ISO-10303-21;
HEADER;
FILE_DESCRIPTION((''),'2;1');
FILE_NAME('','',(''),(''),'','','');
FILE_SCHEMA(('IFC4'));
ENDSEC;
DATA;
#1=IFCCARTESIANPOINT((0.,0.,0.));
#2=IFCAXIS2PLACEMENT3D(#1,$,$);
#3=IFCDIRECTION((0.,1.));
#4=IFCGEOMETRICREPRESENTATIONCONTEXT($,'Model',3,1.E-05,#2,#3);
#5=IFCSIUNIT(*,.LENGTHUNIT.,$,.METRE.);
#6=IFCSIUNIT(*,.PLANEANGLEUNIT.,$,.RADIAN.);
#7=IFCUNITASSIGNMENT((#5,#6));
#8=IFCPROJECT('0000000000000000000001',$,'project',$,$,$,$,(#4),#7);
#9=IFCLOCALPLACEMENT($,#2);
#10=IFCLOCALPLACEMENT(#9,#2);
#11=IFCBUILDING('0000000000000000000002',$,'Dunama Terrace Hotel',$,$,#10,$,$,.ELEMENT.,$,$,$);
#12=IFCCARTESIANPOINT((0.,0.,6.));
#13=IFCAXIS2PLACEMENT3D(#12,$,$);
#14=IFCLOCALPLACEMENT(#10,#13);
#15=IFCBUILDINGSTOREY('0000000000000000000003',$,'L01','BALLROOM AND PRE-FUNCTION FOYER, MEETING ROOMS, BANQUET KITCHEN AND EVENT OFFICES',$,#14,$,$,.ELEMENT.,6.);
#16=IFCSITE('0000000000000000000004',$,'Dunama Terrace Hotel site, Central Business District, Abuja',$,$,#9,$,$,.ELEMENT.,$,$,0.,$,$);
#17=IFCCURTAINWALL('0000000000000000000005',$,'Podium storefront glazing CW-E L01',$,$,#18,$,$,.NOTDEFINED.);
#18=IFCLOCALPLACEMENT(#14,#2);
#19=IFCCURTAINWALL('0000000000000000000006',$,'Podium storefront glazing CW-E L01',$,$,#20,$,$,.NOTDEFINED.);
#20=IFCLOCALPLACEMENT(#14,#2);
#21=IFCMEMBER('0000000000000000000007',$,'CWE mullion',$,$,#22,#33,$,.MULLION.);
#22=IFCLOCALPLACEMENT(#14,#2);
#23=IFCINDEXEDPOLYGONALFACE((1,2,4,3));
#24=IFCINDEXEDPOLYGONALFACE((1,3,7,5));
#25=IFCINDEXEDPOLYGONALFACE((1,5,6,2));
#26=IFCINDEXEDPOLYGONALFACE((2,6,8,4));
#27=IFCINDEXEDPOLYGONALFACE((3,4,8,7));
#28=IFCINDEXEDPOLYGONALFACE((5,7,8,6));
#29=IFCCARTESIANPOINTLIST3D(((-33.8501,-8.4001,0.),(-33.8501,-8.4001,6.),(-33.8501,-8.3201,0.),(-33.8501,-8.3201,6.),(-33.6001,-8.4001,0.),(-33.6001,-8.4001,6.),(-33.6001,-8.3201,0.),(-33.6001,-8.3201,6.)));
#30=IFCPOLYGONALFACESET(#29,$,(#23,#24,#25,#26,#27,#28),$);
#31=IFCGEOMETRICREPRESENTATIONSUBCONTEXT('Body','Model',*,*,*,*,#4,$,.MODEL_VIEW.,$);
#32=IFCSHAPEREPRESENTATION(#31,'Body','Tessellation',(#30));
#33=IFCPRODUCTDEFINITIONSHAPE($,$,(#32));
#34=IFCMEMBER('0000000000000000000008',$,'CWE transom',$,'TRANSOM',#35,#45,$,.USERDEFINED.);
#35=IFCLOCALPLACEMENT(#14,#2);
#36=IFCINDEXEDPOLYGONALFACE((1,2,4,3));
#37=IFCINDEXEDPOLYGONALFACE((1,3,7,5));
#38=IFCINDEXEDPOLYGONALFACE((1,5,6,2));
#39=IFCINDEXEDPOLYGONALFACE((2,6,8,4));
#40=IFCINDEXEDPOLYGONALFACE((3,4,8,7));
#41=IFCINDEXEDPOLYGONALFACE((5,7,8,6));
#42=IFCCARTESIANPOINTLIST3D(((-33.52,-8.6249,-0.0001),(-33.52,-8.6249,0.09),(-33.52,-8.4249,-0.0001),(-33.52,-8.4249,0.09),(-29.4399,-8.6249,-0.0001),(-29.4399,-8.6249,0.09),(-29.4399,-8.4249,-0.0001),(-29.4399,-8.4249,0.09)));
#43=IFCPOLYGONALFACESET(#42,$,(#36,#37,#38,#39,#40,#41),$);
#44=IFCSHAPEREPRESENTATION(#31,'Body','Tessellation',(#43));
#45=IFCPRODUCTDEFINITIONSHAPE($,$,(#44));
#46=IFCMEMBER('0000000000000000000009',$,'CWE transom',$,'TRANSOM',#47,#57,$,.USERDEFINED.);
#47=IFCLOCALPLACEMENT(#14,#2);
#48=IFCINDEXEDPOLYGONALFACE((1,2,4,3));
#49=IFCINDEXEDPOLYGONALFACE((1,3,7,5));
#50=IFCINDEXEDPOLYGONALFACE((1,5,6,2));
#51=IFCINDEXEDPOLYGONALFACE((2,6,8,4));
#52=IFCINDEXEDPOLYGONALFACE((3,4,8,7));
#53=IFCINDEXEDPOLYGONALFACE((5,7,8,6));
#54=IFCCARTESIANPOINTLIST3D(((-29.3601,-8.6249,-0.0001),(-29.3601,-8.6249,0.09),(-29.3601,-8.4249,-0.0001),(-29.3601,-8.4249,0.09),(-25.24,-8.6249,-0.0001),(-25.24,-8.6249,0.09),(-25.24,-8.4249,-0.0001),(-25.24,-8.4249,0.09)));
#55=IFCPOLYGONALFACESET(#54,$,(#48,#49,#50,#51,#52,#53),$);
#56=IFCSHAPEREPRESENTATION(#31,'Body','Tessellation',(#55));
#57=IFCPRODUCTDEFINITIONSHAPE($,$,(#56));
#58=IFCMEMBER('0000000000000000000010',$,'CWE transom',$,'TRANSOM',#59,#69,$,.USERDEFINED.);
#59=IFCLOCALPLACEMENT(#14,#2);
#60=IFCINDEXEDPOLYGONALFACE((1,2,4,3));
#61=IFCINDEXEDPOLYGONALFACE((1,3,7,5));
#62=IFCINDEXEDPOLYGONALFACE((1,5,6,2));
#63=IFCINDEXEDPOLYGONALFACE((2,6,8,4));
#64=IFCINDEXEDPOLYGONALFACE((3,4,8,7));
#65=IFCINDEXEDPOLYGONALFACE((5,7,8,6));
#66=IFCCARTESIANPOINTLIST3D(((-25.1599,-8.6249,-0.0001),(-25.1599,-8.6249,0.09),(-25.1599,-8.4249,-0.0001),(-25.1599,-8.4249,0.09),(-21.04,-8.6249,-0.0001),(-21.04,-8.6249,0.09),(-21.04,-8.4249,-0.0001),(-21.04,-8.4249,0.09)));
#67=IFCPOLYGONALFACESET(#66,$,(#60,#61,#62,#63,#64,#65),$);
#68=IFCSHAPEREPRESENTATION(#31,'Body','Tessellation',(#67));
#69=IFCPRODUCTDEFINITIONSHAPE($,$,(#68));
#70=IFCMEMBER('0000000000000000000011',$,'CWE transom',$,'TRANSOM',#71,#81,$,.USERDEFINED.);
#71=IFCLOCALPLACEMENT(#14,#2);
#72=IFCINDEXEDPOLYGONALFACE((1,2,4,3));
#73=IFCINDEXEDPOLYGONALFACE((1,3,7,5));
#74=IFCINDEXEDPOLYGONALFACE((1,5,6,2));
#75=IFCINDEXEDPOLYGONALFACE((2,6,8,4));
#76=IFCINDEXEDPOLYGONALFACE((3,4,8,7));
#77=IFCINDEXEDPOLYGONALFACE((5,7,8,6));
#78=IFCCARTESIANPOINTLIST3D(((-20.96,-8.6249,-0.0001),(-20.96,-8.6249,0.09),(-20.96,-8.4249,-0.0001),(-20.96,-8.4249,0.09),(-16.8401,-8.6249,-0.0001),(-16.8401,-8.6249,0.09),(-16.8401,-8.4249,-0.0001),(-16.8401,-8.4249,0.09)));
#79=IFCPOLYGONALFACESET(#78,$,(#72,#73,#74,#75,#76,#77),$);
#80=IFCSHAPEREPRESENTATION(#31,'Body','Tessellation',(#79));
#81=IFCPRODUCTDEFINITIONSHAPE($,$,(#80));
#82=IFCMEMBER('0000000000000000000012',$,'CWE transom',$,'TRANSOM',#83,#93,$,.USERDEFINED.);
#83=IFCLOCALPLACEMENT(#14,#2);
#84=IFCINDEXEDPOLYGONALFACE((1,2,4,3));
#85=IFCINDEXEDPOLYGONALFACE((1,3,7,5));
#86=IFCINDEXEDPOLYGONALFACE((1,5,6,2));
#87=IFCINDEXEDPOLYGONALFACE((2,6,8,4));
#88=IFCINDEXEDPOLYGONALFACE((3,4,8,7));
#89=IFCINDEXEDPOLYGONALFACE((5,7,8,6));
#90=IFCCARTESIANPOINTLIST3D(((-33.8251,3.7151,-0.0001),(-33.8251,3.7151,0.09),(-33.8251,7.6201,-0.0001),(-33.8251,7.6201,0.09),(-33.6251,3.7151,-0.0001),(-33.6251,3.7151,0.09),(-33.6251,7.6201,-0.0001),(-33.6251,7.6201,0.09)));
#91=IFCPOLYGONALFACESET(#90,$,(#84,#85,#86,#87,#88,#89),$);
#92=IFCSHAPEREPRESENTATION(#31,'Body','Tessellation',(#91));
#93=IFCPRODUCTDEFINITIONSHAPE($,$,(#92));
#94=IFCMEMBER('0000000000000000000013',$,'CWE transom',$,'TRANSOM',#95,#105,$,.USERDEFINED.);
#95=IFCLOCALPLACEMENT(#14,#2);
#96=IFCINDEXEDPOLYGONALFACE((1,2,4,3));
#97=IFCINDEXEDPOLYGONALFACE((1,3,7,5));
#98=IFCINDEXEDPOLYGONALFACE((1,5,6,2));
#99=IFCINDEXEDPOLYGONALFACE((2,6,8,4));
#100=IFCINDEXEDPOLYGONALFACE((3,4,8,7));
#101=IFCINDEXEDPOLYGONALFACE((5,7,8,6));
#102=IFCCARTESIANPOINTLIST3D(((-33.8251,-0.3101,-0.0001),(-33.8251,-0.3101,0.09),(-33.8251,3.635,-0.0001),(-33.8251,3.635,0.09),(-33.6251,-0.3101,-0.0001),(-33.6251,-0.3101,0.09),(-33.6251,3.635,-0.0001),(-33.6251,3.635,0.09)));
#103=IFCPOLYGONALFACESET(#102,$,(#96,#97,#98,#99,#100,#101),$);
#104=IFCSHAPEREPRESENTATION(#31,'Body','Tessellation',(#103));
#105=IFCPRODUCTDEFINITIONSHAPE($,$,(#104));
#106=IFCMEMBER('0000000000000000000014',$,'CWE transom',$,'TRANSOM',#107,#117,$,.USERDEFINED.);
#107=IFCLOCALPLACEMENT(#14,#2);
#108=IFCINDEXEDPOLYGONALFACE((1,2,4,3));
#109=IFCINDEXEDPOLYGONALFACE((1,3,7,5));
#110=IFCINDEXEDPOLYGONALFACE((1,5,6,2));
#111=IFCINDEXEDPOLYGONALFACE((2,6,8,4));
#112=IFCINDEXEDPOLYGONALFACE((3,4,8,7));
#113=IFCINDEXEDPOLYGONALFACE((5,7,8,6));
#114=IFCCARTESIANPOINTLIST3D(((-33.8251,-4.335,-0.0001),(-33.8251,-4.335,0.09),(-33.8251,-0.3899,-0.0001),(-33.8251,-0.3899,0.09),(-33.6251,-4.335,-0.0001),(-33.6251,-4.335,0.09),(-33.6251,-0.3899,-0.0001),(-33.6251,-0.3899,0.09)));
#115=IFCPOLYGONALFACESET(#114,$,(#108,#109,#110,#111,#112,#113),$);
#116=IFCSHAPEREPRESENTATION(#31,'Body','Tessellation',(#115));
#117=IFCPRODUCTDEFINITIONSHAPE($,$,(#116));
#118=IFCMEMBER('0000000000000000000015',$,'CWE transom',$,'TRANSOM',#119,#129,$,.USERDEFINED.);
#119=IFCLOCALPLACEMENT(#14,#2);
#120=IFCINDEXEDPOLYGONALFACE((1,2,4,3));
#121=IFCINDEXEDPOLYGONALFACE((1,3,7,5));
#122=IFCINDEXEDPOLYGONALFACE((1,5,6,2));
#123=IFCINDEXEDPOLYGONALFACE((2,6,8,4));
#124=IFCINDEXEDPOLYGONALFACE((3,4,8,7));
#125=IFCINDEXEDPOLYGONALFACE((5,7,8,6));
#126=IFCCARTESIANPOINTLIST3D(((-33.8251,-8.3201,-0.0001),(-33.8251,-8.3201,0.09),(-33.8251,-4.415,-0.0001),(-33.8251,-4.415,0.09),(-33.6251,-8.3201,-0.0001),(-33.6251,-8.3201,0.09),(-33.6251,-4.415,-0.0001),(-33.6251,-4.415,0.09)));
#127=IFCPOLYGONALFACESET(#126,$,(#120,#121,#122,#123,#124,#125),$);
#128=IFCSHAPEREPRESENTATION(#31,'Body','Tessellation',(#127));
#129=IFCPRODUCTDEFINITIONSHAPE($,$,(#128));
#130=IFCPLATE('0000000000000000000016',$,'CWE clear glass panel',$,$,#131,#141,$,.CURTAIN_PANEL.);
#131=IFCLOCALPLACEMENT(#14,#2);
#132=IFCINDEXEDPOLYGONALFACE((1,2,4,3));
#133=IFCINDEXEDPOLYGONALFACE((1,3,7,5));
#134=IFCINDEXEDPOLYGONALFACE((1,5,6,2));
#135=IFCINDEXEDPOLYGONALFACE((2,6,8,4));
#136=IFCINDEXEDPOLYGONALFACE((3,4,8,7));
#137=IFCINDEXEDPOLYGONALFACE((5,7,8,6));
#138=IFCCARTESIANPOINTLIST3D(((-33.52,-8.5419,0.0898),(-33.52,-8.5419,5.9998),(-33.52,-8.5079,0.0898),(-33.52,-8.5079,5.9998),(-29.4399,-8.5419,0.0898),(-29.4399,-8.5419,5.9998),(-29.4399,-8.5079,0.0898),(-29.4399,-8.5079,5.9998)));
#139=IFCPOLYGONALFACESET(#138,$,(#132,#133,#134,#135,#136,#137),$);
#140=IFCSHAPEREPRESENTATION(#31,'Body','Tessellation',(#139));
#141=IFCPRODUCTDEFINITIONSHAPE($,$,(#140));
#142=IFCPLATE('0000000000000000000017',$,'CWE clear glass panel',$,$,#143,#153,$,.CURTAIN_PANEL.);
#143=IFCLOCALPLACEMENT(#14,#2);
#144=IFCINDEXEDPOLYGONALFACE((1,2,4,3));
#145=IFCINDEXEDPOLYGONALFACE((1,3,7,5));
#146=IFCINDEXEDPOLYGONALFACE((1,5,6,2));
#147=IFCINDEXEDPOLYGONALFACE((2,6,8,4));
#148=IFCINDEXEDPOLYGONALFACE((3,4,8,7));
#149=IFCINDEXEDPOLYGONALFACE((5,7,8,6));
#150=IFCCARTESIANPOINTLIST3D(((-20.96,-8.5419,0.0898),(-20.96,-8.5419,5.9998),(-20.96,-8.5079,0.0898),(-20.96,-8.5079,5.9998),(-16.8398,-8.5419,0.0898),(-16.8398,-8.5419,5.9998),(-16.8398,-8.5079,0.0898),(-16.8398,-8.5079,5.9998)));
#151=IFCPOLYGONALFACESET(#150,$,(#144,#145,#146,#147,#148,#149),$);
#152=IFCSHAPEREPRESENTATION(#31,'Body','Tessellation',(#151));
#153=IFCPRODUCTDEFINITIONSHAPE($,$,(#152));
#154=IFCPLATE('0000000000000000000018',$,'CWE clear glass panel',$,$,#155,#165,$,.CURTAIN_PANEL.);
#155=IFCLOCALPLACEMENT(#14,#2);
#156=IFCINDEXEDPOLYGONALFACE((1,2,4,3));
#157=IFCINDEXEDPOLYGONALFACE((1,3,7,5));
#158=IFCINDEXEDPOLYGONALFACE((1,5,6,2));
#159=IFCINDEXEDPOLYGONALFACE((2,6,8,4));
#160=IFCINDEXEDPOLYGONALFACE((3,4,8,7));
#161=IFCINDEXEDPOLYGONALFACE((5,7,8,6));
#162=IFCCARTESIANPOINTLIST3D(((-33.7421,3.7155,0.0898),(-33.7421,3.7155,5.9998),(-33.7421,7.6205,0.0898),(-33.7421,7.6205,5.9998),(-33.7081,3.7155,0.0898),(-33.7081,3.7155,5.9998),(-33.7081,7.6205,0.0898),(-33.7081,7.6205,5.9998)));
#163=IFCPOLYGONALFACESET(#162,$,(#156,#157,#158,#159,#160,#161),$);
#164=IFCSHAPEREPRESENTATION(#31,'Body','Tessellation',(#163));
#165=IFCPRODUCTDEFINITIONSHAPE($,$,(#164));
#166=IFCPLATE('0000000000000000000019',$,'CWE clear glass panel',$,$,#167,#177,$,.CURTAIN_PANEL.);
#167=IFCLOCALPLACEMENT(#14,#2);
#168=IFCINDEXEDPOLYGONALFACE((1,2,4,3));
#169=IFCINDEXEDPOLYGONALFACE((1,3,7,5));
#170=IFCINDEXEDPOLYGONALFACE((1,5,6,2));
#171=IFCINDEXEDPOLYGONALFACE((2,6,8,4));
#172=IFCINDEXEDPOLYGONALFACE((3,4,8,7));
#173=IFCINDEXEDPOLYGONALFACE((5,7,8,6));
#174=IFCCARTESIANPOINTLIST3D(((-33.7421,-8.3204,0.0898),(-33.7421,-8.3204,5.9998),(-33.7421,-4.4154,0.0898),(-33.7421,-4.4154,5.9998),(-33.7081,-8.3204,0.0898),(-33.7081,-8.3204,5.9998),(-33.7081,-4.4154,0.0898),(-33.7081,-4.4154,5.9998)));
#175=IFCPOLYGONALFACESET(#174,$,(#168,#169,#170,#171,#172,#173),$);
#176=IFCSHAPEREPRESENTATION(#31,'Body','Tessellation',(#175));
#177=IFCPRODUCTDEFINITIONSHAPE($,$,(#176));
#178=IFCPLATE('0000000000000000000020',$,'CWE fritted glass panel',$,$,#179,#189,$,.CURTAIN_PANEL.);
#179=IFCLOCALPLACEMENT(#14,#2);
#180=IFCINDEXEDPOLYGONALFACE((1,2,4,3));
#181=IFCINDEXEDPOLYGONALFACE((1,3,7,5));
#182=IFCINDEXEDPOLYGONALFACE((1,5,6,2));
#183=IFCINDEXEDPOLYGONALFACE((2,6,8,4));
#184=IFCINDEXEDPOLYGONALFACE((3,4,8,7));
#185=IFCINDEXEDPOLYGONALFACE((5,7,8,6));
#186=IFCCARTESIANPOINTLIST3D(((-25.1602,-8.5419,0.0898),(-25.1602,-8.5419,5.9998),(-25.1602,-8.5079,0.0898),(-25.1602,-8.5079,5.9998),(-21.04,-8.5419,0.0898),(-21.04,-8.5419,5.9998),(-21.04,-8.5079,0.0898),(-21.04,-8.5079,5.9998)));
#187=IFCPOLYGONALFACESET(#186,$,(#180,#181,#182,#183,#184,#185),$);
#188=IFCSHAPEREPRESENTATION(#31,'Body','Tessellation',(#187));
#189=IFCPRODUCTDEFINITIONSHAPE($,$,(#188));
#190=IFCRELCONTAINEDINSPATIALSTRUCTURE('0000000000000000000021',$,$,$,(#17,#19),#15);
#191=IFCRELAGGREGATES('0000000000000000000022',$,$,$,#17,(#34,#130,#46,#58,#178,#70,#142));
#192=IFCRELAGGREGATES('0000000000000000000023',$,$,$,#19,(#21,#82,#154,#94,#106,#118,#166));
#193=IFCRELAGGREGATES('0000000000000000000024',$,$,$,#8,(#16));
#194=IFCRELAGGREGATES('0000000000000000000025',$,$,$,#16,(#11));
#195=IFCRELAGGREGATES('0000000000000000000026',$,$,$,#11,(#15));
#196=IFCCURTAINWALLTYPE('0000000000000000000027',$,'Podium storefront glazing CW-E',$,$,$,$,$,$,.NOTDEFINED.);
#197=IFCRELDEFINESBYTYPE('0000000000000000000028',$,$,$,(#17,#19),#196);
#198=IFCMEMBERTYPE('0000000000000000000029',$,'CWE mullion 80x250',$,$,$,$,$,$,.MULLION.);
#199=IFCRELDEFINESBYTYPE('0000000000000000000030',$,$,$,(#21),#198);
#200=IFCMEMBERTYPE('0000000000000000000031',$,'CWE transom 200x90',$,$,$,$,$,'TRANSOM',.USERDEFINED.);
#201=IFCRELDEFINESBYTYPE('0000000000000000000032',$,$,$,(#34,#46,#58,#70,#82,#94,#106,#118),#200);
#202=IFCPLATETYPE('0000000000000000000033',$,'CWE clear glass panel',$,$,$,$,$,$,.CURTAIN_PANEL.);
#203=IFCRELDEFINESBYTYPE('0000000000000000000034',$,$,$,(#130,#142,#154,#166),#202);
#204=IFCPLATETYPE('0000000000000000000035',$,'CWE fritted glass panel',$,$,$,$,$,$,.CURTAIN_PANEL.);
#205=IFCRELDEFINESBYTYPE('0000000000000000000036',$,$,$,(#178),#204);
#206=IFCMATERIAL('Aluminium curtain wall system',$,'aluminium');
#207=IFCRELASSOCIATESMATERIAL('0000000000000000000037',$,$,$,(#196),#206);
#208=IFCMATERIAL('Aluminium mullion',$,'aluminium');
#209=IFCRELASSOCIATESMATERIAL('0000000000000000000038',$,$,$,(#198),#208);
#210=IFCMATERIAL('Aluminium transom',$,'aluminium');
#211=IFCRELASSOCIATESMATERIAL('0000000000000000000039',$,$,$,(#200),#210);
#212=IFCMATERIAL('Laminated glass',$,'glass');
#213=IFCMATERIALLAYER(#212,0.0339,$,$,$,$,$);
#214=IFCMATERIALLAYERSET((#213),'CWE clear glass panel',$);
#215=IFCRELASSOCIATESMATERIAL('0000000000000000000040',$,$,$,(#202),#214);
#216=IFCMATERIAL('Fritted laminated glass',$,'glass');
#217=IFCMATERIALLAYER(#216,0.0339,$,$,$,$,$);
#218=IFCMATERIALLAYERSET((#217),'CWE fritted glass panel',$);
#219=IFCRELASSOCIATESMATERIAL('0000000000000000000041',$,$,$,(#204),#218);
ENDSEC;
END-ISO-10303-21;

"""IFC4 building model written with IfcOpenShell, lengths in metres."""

from ifc_helpers import new_model, si_unit, direction, frame, origin, origin_2d, place, context, subcontext, project, spatial, rectangle, extrude, material, layer, layer_set, material_profile, profile_set, type_object, element, aggregate, save


model = new_model("IFC4")

# Units and contexts
model_context = context("Model", 3, precision=1e-05, world=origin(), true_north=direction((0.0, 1.0)))
body_context = subcontext(model_context, "Body", "Model", "MODEL_VIEW")
ifc_project = project(units=[si_unit("LENGTHUNIT", "METRE"), si_unit("PLANEANGLEUNIT", "RADIAN")], contexts=[model_context])

# Site, building, storey
site_placement = place(None, origin())
site = spatial("IfcSite", under=ifc_project, at=site_placement, Name="Dunama Terrace Hotel site, Central Business District, Abuja", CompositionType="ELEMENT", RefElevation=0.0)
building_placement = place(site_placement, origin())
building = spatial("IfcBuilding", under=site, at=building_placement, Name="Dunama Terrace Hotel", CompositionType="ELEMENT")
storey_placement = place(building_placement, frame((0.0, 0.0, 6.0)))
storey = spatial("IfcBuildingStorey", under=building, at=storey_placement, Name="L01", Description="BALLROOM AND PRE-FUNCTION FOYER, MEETING ROOMS, BANQUET KITCHEN AND EVENT OFFICES", CompositionType="ELEMENT", Elevation=6.0)

# Curtain wall
ifc_material_1 = material(Name="Aluminium curtain wall system", Category="aluminium")
curtain_wall_type = type_object("IfcCurtainWallType", Name="Podium storefront glazing CW-E", PredefinedType="NOTDEFINED", material=ifc_material_1)
curtain_wall_1_placement = place(storey_placement, origin())
curtain_wall_1 = element("IfcCurtainWall", 1, at=curtain_wall_1_placement, inside=storey, type_object=curtain_wall_type, Name="Podium storefront glazing CW-E L01", PredefinedType="NOTDEFINED")
ifc_material_2 = material(Name="Aluminium mullion", Category="aluminium")
ifc_material_profile_1 = material_profile(ifc_material_2, rectangle(XDim=0.0801, YDim=0.25, at=origin_2d()), Name="CWE MULLION 80X250")
ifc_profile_set_1 = profile_set([ifc_material_profile_1], Name="Aluminium mullion")
member_type_1 = type_object("IfcMemberType", Name="CWE mullion 80x250", PredefinedType="MULLION", material=ifc_profile_set_1)

# Curtain wall, member
curtain_wall_2_placement = place(storey_placement, origin())
curtain_wall_2 = element("IfcCurtainWall", 2, at=curtain_wall_2_placement, inside=storey, type_object=curtain_wall_type, Name="Podium storefront glazing CW-E L01", PredefinedType="NOTDEFINED")
member_1_placement = place(storey_placement, frame((-33.7251, -8.3601, 0.0), z_axis=(0.0, 0.0, 1.0), x_axis=(0.0, -1.0, 0.0)))
member_1 = element("IfcMember", 3, at=member_1_placement, type_object=member_type_1, Name="CWE mullion", PredefinedType="MULLION", context=body_context, shape_type="SweptSolid", body=[
    extrude(rectangle(XDim=0.0801, YDim=0.25, at=origin_2d()), origin(), (0.0, 0.0, 1.0), 6.0),
])

# Members
ifc_material_3 = material(Name="Aluminium transom", Category="aluminium")
ifc_material_profile_2 = material_profile(ifc_material_3, rectangle(XDim=0.2, YDim=0.0901, at=origin_2d()), Name="CWE TRANSOM 200X90")
ifc_profile_set_2 = profile_set([ifc_material_profile_2], Name="Aluminium transom")
member_type_2 = type_object("IfcMemberType", Name="CWE transom 200x90", ElementType="TRANSOM", PredefinedType="USERDEFINED", material=ifc_profile_set_2)
member_2_placement = place(storey_placement, frame((-33.52, -8.5249, 0.0449), z_axis=(1.0, 0.0, 0.0), x_axis=(0.0, 1.0, 0.0)))
member_2 = element("IfcMember", 4, at=member_2_placement, type_object=member_type_2, Name="CWE transom", ObjectType="TRANSOM", PredefinedType="USERDEFINED", context=body_context, shape_type="SweptSolid", body=[
    extrude(rectangle(XDim=0.2, YDim=0.0901, at=origin_2d()), origin(), (0.0, 0.0, 1.0), 4.0801),
])
member_3_placement = place(storey_placement, frame((-29.3601, -8.5249, 0.0449), z_axis=(1.0, 0.0, 0.0), x_axis=(0.0, 1.0, 0.0)))
member_3 = element("IfcMember", 5, at=member_3_placement, type_object=member_type_2, Name="CWE transom", ObjectType="TRANSOM", PredefinedType="USERDEFINED", context=body_context, shape_type="SweptSolid", body=[
    extrude(rectangle(XDim=0.2, YDim=0.0901, at=origin_2d()), origin(), (0.0, 0.0, 1.0), 4.1201),
])
member_4_placement = place(storey_placement, frame((-25.1599, -8.5249, 0.0449), z_axis=(1.0, 0.0, 0.0), x_axis=(0.0, 1.0, 0.0)))
member_4 = element("IfcMember", 6, at=member_4_placement, type_object=member_type_2, Name="CWE transom", ObjectType="TRANSOM", PredefinedType="USERDEFINED", context=body_context, shape_type="SweptSolid", body=[
    extrude(rectangle(XDim=0.2, YDim=0.0901, at=origin_2d()), origin(), (0.0, 0.0, 1.0), 4.1199),
])
member_5_placement = place(storey_placement, frame((-20.96, -8.5249, 0.0449), z_axis=(1.0, 0.0, 0.0), x_axis=(0.0, 1.0, 0.0)))
member_5 = element("IfcMember", 7, at=member_5_placement, type_object=member_type_2, Name="CWE transom", ObjectType="TRANSOM", PredefinedType="USERDEFINED", context=body_context, shape_type="SweptSolid", body=[
    extrude(rectangle(XDim=0.2, YDim=0.0901, at=origin_2d()), origin(), (0.0, 0.0, 1.0), 4.1199),
])
member_6_placement = place(storey_placement, frame((-33.7251, 7.6201, 0.0449), z_axis=(0.0, -1.0, 0.0), x_axis=(1.0, 0.0, 0.0)))
member_6 = element("IfcMember", 8, at=member_6_placement, type_object=member_type_2, Name="CWE transom", ObjectType="TRANSOM", PredefinedType="USERDEFINED", context=body_context, shape_type="SweptSolid", body=[
    extrude(rectangle(XDim=0.2, YDim=0.0901, at=origin_2d()), origin(), (0.0, 0.0, 1.0), 3.905),
])
member_7_placement = place(storey_placement, frame((-33.7251, 3.635, 0.0449), z_axis=(0.0, -1.0, 0.0), x_axis=(1.0, 0.0, 0.0)))
member_7 = element("IfcMember", 9, at=member_7_placement, type_object=member_type_2, Name="CWE transom", ObjectType="TRANSOM", PredefinedType="USERDEFINED", context=body_context, shape_type="SweptSolid", body=[
    extrude(rectangle(XDim=0.2, YDim=0.0901, at=origin_2d()), origin(), (0.0, 0.0, 1.0), 3.9451),
])
member_8_placement = place(storey_placement, frame((-33.7251, -0.3899, 0.0449), z_axis=(0.0, -1.0, 0.0), x_axis=(1.0, 0.0, 0.0)))
member_8 = element("IfcMember", 10, at=member_8_placement, type_object=member_type_2, Name="CWE transom", ObjectType="TRANSOM", PredefinedType="USERDEFINED", context=body_context, shape_type="SweptSolid", body=[
    extrude(rectangle(XDim=0.2, YDim=0.0901, at=origin_2d()), origin(), (0.0, 0.0, 1.0), 3.9451),
])
member_9_placement = place(storey_placement, frame((-33.7251, -4.415, 0.0449), z_axis=(0.0, -1.0, 0.0), x_axis=(1.0, 0.0, 0.0)))
member_9 = element("IfcMember", 11, at=member_9_placement, type_object=member_type_2, Name="CWE transom", ObjectType="TRANSOM", PredefinedType="USERDEFINED", context=body_context, shape_type="SweptSolid", body=[
    extrude(rectangle(XDim=0.2, YDim=0.0901, at=origin_2d()), origin(), (0.0, 0.0, 1.0), 3.905),
])

# Plates
ifc_material_4 = material(Name="Laminated glass", Category="glass")
ifc_layer_1 = layer(ifc_material_4, 0.0339)
ifc_layer_set_1 = layer_set([ifc_layer_1], Name="CWE clear glass panel")
plate_type_1 = type_object("IfcPlateType", Name="CWE clear glass panel", PredefinedType="CURTAIN_PANEL", material=ifc_layer_set_1)
plate_1_placement = place(storey_placement, frame((-31.48, -8.5249, 0.0898), z_axis=(0.0, 0.0, 1.0), x_axis=(1.0, 0.0, 0.0)))
plate_1 = element("IfcPlate", 12, at=plate_1_placement, type_object=plate_type_1, Name="CWE clear glass panel", PredefinedType="CURTAIN_PANEL", context=body_context, shape_type="SweptSolid", body=[
    extrude(rectangle(XDim=4.0801, YDim=0.0339, at=origin_2d()), origin(), (0.0, 0.0, 1.0), 5.9099),
])
plate_2_placement = place(storey_placement, frame((-18.8999, -8.5249, 0.0898), z_axis=(0.0, 0.0, 1.0), x_axis=(1.0, 0.0, 0.0)))
plate_2 = element("IfcPlate", 13, at=plate_2_placement, type_object=plate_type_1, Name="CWE clear glass panel", PredefinedType="CURTAIN_PANEL", context=body_context, shape_type="SweptSolid", body=[
    extrude(rectangle(XDim=4.1201, YDim=0.0339, at=origin_2d()), origin(), (0.0, 0.0, 1.0), 5.9099),
])
plate_3_placement = place(storey_placement, frame((-33.7251, 5.668, 0.0898), z_axis=(0.0, 0.0, 1.0), x_axis=(0.0, -1.0, 0.0)))
plate_3 = element("IfcPlate", 14, at=plate_3_placement, type_object=plate_type_1, Name="CWE clear glass panel", PredefinedType="CURTAIN_PANEL", context=body_context, shape_type="SweptSolid", body=[
    extrude(rectangle(XDim=3.905, YDim=0.0339, at=origin_2d()), origin(), (0.0, 0.0, 1.0), 5.9099),
])
plate_4_placement = place(storey_placement, frame((-33.7251, -6.3679, 0.0898), z_axis=(0.0, 0.0, 1.0), x_axis=(0.0, -1.0, 0.0)))
plate_4 = element("IfcPlate", 15, at=plate_4_placement, type_object=plate_type_1, Name="CWE clear glass panel", PredefinedType="CURTAIN_PANEL", context=body_context, shape_type="SweptSolid", body=[
    extrude(rectangle(XDim=3.905, YDim=0.0339, at=origin_2d()), origin(), (0.0, 0.0, 1.0), 5.9099),
])
ifc_material_5 = material(Name="Fritted laminated glass", Category="glass")
ifc_layer_2 = layer(ifc_material_5, 0.0339)
ifc_layer_set_2 = layer_set([ifc_layer_2], Name="CWE fritted glass panel")
plate_type_2 = type_object("IfcPlateType", Name="CWE fritted glass panel", PredefinedType="CURTAIN_PANEL", material=ifc_layer_set_2)
plate_5_placement = place(storey_placement, frame((-23.1001, -8.5249, 0.0898), z_axis=(0.0, 0.0, 1.0), x_axis=(1.0, 0.0, 0.0)))
plate_5 = element("IfcPlate", 16, at=plate_5_placement, type_object=plate_type_2, Name="CWE fritted glass panel", PredefinedType="CURTAIN_PANEL", context=body_context, shape_type="SweptSolid", body=[
    extrude(rectangle(XDim=4.1201, YDim=0.0339, at=origin_2d()), origin(), (0.0, 0.0, 1.0), 5.9099),
])
aggregate(curtain_wall_1, [member_2, plate_1, member_3, member_4, plate_5, member_5, plate_2])
aggregate(curtain_wall_2, [member_1, member_6, plate_3, member_7, member_8, member_9, plate_4])

save(model, "model.ifc")
